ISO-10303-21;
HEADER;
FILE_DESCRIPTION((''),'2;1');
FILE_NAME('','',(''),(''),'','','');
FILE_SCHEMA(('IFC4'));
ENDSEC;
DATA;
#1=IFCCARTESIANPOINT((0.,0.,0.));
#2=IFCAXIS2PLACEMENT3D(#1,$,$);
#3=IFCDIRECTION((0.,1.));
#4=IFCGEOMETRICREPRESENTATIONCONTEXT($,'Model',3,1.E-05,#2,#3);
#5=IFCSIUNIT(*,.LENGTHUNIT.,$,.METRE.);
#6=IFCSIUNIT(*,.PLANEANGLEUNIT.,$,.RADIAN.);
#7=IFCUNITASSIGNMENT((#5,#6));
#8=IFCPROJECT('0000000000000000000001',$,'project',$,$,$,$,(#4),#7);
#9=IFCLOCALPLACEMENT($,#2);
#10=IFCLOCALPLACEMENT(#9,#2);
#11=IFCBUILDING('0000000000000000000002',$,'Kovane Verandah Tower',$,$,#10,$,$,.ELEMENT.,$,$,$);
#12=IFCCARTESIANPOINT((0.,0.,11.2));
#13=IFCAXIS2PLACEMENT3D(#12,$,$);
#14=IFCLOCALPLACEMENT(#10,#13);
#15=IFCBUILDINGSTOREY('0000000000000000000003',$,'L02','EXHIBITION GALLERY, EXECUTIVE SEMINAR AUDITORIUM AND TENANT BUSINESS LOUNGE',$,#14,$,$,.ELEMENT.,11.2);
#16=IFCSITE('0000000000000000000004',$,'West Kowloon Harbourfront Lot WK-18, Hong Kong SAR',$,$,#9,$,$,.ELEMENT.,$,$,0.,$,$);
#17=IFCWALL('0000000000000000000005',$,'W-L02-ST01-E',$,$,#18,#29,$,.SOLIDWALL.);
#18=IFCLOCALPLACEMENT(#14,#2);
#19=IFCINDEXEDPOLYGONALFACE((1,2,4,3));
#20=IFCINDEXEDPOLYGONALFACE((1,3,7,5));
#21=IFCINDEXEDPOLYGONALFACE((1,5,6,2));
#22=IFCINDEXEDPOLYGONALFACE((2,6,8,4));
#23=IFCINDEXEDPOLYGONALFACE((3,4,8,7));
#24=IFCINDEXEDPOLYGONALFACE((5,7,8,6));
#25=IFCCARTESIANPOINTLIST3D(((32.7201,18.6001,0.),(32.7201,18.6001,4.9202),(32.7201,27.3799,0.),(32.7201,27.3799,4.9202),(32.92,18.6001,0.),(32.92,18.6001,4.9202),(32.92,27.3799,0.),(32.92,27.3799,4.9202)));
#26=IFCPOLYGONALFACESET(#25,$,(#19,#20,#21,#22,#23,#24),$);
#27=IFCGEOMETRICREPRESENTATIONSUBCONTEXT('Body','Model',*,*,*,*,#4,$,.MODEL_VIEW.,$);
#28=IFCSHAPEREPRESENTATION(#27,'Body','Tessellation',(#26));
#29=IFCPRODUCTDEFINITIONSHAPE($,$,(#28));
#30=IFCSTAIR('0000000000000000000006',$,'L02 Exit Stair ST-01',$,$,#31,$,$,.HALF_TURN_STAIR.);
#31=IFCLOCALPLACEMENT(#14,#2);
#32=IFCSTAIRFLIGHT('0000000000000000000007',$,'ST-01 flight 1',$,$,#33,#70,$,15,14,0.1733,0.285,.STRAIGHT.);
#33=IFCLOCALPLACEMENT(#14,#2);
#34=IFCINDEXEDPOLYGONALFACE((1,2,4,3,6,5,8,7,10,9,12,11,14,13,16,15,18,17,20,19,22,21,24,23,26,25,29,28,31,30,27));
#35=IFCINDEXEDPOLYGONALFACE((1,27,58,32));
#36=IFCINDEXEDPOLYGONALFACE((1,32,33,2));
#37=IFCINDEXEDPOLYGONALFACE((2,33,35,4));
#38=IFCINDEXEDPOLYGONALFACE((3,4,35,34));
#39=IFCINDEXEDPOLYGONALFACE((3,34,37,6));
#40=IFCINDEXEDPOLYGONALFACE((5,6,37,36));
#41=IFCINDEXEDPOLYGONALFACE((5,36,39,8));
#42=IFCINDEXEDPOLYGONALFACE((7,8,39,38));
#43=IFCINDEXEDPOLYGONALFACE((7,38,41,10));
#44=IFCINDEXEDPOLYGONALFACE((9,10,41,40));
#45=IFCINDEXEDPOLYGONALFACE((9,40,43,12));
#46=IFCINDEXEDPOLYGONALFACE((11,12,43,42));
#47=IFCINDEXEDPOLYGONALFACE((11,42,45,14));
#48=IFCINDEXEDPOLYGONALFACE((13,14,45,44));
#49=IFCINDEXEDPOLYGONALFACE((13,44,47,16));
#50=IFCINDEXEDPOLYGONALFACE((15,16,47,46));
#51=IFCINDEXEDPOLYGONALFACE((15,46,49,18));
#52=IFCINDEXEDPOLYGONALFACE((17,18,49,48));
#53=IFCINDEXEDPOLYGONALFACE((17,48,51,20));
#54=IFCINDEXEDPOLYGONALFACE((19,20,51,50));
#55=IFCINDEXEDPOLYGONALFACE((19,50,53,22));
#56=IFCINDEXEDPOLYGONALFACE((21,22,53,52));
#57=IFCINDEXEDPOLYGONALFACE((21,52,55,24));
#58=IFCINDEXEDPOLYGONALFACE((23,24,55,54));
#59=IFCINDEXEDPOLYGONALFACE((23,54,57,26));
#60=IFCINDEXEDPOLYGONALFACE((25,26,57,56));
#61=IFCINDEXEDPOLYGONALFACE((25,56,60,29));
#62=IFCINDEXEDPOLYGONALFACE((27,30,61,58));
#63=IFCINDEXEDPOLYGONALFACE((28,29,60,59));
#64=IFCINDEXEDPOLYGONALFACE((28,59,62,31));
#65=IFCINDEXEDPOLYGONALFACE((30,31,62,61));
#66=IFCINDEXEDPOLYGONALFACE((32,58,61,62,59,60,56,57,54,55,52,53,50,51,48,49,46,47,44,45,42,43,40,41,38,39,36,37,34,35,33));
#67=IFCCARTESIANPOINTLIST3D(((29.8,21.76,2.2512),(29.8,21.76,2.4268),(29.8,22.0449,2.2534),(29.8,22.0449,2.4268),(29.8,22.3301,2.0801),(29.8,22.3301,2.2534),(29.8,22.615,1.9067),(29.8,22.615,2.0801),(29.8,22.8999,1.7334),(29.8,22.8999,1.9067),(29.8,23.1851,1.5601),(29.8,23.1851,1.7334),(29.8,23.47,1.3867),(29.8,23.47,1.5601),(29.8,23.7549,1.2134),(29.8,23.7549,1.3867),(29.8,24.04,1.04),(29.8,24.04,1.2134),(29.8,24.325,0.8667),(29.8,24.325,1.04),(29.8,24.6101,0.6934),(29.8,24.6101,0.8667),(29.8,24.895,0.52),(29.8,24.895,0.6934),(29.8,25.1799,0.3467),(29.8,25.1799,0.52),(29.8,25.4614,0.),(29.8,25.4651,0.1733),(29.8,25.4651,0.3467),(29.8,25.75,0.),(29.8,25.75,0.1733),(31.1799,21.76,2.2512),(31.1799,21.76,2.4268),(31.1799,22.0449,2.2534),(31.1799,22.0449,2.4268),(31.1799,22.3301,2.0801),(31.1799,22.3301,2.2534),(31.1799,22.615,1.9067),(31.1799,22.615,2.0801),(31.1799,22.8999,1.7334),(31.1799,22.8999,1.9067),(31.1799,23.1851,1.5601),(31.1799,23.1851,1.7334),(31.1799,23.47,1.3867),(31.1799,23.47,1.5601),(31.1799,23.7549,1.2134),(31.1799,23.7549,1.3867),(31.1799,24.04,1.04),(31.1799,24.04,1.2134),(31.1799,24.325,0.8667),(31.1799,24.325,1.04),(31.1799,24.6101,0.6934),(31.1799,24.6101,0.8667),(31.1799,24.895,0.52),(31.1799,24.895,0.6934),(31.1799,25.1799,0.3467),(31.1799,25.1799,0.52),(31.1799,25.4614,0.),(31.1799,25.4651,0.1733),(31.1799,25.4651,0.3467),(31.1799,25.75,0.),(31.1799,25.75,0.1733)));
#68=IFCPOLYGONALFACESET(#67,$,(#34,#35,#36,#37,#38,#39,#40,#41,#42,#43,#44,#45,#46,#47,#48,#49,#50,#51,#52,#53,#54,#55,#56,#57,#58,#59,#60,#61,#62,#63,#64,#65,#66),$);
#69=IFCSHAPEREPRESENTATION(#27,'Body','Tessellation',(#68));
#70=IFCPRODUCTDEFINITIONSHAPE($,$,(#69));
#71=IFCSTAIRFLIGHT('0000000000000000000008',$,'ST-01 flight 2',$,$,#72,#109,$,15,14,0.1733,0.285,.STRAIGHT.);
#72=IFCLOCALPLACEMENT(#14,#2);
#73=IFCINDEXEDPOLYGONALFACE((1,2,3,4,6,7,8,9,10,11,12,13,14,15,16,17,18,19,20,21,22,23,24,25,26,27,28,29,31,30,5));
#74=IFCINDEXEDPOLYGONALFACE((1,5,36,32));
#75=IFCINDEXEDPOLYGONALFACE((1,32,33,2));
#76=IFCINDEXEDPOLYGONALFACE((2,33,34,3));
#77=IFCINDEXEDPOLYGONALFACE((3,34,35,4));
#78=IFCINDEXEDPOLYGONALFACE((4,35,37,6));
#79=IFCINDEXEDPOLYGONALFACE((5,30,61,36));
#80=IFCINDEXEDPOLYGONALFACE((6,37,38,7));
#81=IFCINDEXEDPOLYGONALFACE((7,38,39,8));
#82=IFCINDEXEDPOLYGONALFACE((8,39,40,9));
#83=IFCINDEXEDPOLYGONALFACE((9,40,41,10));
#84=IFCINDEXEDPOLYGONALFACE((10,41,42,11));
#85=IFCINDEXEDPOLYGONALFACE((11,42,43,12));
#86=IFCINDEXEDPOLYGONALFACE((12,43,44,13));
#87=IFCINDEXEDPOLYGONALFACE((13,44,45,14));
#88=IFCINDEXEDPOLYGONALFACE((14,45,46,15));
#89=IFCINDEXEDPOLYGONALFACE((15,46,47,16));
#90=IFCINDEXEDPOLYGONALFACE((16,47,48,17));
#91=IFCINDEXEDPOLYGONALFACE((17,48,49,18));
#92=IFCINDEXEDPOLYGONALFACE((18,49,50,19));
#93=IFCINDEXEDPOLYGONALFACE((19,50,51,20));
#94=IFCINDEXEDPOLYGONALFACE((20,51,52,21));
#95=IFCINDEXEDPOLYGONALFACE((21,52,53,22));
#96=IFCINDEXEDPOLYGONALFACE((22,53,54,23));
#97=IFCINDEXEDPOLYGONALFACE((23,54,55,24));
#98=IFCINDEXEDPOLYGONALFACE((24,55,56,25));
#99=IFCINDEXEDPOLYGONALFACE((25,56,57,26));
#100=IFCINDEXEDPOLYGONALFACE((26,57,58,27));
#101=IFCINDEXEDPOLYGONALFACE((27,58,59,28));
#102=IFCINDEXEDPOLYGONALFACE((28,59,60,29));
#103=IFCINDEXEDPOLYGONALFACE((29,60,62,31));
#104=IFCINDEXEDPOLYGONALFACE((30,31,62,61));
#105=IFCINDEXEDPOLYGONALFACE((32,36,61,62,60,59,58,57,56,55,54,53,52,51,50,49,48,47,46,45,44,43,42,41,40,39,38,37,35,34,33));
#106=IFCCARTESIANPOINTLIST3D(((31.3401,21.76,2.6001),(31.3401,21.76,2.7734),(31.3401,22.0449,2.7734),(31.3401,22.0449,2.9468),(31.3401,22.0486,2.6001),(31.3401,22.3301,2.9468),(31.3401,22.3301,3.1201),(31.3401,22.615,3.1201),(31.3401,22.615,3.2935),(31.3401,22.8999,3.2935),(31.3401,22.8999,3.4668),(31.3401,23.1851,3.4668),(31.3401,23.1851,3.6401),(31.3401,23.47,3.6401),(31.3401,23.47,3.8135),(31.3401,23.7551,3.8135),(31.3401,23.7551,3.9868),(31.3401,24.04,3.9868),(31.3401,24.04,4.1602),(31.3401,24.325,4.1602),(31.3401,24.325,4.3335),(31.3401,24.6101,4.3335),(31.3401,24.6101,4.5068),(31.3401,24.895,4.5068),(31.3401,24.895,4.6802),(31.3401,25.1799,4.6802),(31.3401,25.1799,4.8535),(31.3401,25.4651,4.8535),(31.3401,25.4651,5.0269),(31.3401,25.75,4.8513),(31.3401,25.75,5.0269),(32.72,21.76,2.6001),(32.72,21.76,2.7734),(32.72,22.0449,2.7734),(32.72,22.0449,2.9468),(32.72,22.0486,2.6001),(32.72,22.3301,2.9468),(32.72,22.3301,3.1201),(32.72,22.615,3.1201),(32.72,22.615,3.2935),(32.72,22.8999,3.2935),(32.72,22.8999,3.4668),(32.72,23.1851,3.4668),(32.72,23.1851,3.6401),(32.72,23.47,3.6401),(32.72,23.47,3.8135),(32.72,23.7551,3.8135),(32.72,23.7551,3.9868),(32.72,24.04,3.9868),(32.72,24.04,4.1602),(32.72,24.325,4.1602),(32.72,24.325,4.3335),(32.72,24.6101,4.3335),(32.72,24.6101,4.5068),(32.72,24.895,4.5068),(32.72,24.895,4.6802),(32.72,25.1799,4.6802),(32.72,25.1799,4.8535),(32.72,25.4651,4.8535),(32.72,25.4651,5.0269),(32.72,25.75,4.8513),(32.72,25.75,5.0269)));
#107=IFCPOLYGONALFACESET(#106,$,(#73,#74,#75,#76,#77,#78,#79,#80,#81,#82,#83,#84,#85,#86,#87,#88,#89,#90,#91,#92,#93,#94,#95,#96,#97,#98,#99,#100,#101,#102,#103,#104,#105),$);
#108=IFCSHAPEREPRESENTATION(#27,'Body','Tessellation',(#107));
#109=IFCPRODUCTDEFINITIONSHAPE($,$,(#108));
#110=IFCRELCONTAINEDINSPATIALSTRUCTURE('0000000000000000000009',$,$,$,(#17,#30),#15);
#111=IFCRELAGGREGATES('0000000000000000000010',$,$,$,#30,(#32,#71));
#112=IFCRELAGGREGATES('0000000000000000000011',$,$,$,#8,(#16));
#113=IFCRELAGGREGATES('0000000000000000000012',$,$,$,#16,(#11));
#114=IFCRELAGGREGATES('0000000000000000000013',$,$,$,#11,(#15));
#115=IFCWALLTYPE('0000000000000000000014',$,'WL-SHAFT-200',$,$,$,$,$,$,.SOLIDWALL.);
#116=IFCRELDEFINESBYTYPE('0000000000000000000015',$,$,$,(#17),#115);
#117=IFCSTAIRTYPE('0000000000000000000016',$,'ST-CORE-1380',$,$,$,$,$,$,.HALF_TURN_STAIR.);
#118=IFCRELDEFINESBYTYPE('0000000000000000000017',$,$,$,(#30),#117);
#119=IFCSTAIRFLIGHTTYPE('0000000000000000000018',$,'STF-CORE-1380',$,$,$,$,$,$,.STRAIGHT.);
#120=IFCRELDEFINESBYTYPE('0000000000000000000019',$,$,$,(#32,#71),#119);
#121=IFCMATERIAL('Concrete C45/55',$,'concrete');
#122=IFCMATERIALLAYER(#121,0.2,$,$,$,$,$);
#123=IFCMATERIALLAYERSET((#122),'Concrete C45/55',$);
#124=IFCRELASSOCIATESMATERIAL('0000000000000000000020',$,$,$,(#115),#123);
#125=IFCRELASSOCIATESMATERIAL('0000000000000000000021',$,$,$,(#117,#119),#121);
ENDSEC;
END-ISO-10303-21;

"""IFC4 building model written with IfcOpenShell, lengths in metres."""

from ifc_helpers import new_model, si_unit, direction, frame, frame_2d, origin, place, context, subcontext, project, spatial, polyline, rectangle, outline, extrude, material, layer, layer_set, type_object, element, aggregate, save


model = new_model("IFC4")

# Units and contexts
model_context = context("Model", 3, precision=1e-05, world=origin(), true_north=direction((0.0, 1.0)))
body_context = subcontext(model_context, "Body", "Model", "MODEL_VIEW")
ifc_project = project(units=[si_unit("LENGTHUNIT", "METRE"), si_unit("PLANEANGLEUNIT", "RADIAN")], contexts=[model_context])

# Site, building, storey
site_placement = place(None, origin())
site = spatial("IfcSite", under=ifc_project, at=site_placement, Name="West Kowloon Harbourfront Lot WK-18, Hong Kong SAR", CompositionType="ELEMENT", RefElevation=0.0)
building_placement = place(site_placement, origin())
building = spatial("IfcBuilding", under=site, at=building_placement, Name="Kovane Verandah Tower", CompositionType="ELEMENT")
storey_placement = place(building_placement, frame((0.0, 0.0, 11.2)))
storey = spatial("IfcBuildingStorey", under=building, at=storey_placement, Name="L02", Description="EXHIBITION GALLERY, EXECUTIVE SEMINAR AUDITORIUM AND TENANT BUSINESS LOUNGE", CompositionType="ELEMENT", Elevation=11.2)

# Wall
ifc_material_1 = material(Name="Concrete C45/55", Category="concrete")
ifc_layer_1 = layer(ifc_material_1, 0.2)
ifc_layer_set_1 = layer_set([ifc_layer_1], Name="Concrete C45/55")
wall_type_1 = type_object("IfcWallType", Name="WL-SHAFT-200", PredefinedType="SOLIDWALL", material=ifc_layer_set_1)
wall_1_placement = place(storey_placement, frame((32.8201, 18.6001, 0.0), z_axis=(0.0, 0.0, 1.0), x_axis=(0.0, 1.0, 0.0)))
element("IfcWall", 1, at=wall_1_placement, inside=storey, type_object=wall_type_1, Name="W-L02-ST01-E", PredefinedType="SOLIDWALL", context=body_context, shape_type="SweptSolid", body=[
    extrude(rectangle(XDim=8.7798, YDim=0.2, at=frame_2d((4.3899, 0.0))), origin(), (0.0, 0.0, 1.0), 4.9202),
])

# Stair, stair flights
stair_type = type_object("IfcStairType", Name="ST-CORE-1380", PredefinedType="HALF_TURN_STAIR", material=ifc_material_1)
stair_placement = place(storey_placement, origin())
stair = element("IfcStair", 2, at=stair_placement, inside=storey, type_object=stair_type, Name="L02 Exit Stair ST-01", PredefinedType="HALF_TURN_STAIR")
stair_flight_type = type_object("IfcStairFlightType", Name="STF-CORE-1380", PredefinedType="STRAIGHT", material=ifc_material_1)
stair_flight_1_placement = place(storey_placement, frame((30.49, 25.75, 0.0), z_axis=(0.0, 0.0, 1.0), x_axis=(0.0, -1.0, 0.0)))
stair_flight_1 = element("IfcStairFlight", 3, at=stair_flight_1_placement, type_object=stair_flight_type, Name="ST-01 flight 1", NumberOfRisers=15, NumberOfTreads=14, PredefinedType="STRAIGHT", RiserHeight=0.1733, TreadLength=0.285, context=body_context, shape_type="SweptSolid", body=[
    extrude(outline(polyline([(0.0, 0.0), (0.0, 0.1733), (0.2849, 0.1733), (0.2849, 0.3467), (0.5701, 0.3467), (0.5701, 0.52), (0.855, 0.52), (0.855, 0.6934), (1.1399, 0.6934), (1.1399, 0.8667), (1.425, 0.8667), (1.425, 1.04), (1.71, 1.04), (1.71, 1.2134), (1.9951, 1.2134), (1.9951, 1.3867), (2.28, 1.3867), (2.28, 1.5601), (2.5649, 1.5601), (2.5649, 1.7334), (2.8501, 1.7334), (2.8501, 1.9067), (3.135, 1.9067), (3.135, 2.0801), (3.4199, 2.0801), (3.4199, 2.2534), (3.7051, 2.2534), (3.7051, 2.4268), (3.99, 2.4268), (3.99, 2.6001), (3.99, 2.2512), (0.2886, 0.0), (0.0, 0.0)])), frame((0.0, 0.6899, 0.0), z_axis=(0.0, -1.0, 0.0), x_axis=(1.0, 0.0, 0.0)), (0.0, 0.0, 1.0), 1.3799),
])
stair_flight_2_placement = place(storey_placement, frame((32.03, 21.76, 2.6001), z_axis=(0.0, 0.0, 1.0), x_axis=(0.0, 1.0, 0.0)))
stair_flight_2 = element("IfcStairFlight", 4, at=stair_flight_2_placement, type_object=stair_flight_type, Name="ST-01 flight 2", NumberOfRisers=15, NumberOfTreads=14, PredefinedType="STRAIGHT", RiserHeight=0.1733, TreadLength=0.285, context=body_context, shape_type="SweptSolid", body=[
    extrude(outline(polyline([(0.0, 0.0), (0.0, 0.1733), (0.2849, 0.1733), (0.2849, 0.3467), (0.5701, 0.3467), (0.5701, 0.52), (0.855, 0.52), (0.855, 0.6934), (1.1399, 0.6934), (1.1399, 0.8667), (1.425, 0.8667), (1.425, 1.04), (1.71, 1.04), (1.71, 1.2134), (1.9951, 1.2134), (1.9951, 1.3867), (2.28, 1.3867), (2.28, 1.5601), (2.5649, 1.5601), (2.5649, 1.7334), (2.8501, 1.7334), (2.8501, 1.9067), (3.135, 1.9067), (3.135, 2.0801), (3.4199, 2.0801), (3.4199, 2.2534), (3.7051, 2.2534), (3.7051, 2.4268), (3.99, 2.4268), (3.99, 2.6001), (3.99, 2.2512), (0.2886, 0.0), (0.0, 0.0)])), frame((0.0, 0.6899, 0.0), z_axis=(0.0, -1.0, 0.0), x_axis=(1.0, 0.0, 0.0)), (0.0, 0.0, 1.0), 1.3799),
])
aggregate(stair, [stair_flight_1, stair_flight_2])

save(model, "model.ifc")
